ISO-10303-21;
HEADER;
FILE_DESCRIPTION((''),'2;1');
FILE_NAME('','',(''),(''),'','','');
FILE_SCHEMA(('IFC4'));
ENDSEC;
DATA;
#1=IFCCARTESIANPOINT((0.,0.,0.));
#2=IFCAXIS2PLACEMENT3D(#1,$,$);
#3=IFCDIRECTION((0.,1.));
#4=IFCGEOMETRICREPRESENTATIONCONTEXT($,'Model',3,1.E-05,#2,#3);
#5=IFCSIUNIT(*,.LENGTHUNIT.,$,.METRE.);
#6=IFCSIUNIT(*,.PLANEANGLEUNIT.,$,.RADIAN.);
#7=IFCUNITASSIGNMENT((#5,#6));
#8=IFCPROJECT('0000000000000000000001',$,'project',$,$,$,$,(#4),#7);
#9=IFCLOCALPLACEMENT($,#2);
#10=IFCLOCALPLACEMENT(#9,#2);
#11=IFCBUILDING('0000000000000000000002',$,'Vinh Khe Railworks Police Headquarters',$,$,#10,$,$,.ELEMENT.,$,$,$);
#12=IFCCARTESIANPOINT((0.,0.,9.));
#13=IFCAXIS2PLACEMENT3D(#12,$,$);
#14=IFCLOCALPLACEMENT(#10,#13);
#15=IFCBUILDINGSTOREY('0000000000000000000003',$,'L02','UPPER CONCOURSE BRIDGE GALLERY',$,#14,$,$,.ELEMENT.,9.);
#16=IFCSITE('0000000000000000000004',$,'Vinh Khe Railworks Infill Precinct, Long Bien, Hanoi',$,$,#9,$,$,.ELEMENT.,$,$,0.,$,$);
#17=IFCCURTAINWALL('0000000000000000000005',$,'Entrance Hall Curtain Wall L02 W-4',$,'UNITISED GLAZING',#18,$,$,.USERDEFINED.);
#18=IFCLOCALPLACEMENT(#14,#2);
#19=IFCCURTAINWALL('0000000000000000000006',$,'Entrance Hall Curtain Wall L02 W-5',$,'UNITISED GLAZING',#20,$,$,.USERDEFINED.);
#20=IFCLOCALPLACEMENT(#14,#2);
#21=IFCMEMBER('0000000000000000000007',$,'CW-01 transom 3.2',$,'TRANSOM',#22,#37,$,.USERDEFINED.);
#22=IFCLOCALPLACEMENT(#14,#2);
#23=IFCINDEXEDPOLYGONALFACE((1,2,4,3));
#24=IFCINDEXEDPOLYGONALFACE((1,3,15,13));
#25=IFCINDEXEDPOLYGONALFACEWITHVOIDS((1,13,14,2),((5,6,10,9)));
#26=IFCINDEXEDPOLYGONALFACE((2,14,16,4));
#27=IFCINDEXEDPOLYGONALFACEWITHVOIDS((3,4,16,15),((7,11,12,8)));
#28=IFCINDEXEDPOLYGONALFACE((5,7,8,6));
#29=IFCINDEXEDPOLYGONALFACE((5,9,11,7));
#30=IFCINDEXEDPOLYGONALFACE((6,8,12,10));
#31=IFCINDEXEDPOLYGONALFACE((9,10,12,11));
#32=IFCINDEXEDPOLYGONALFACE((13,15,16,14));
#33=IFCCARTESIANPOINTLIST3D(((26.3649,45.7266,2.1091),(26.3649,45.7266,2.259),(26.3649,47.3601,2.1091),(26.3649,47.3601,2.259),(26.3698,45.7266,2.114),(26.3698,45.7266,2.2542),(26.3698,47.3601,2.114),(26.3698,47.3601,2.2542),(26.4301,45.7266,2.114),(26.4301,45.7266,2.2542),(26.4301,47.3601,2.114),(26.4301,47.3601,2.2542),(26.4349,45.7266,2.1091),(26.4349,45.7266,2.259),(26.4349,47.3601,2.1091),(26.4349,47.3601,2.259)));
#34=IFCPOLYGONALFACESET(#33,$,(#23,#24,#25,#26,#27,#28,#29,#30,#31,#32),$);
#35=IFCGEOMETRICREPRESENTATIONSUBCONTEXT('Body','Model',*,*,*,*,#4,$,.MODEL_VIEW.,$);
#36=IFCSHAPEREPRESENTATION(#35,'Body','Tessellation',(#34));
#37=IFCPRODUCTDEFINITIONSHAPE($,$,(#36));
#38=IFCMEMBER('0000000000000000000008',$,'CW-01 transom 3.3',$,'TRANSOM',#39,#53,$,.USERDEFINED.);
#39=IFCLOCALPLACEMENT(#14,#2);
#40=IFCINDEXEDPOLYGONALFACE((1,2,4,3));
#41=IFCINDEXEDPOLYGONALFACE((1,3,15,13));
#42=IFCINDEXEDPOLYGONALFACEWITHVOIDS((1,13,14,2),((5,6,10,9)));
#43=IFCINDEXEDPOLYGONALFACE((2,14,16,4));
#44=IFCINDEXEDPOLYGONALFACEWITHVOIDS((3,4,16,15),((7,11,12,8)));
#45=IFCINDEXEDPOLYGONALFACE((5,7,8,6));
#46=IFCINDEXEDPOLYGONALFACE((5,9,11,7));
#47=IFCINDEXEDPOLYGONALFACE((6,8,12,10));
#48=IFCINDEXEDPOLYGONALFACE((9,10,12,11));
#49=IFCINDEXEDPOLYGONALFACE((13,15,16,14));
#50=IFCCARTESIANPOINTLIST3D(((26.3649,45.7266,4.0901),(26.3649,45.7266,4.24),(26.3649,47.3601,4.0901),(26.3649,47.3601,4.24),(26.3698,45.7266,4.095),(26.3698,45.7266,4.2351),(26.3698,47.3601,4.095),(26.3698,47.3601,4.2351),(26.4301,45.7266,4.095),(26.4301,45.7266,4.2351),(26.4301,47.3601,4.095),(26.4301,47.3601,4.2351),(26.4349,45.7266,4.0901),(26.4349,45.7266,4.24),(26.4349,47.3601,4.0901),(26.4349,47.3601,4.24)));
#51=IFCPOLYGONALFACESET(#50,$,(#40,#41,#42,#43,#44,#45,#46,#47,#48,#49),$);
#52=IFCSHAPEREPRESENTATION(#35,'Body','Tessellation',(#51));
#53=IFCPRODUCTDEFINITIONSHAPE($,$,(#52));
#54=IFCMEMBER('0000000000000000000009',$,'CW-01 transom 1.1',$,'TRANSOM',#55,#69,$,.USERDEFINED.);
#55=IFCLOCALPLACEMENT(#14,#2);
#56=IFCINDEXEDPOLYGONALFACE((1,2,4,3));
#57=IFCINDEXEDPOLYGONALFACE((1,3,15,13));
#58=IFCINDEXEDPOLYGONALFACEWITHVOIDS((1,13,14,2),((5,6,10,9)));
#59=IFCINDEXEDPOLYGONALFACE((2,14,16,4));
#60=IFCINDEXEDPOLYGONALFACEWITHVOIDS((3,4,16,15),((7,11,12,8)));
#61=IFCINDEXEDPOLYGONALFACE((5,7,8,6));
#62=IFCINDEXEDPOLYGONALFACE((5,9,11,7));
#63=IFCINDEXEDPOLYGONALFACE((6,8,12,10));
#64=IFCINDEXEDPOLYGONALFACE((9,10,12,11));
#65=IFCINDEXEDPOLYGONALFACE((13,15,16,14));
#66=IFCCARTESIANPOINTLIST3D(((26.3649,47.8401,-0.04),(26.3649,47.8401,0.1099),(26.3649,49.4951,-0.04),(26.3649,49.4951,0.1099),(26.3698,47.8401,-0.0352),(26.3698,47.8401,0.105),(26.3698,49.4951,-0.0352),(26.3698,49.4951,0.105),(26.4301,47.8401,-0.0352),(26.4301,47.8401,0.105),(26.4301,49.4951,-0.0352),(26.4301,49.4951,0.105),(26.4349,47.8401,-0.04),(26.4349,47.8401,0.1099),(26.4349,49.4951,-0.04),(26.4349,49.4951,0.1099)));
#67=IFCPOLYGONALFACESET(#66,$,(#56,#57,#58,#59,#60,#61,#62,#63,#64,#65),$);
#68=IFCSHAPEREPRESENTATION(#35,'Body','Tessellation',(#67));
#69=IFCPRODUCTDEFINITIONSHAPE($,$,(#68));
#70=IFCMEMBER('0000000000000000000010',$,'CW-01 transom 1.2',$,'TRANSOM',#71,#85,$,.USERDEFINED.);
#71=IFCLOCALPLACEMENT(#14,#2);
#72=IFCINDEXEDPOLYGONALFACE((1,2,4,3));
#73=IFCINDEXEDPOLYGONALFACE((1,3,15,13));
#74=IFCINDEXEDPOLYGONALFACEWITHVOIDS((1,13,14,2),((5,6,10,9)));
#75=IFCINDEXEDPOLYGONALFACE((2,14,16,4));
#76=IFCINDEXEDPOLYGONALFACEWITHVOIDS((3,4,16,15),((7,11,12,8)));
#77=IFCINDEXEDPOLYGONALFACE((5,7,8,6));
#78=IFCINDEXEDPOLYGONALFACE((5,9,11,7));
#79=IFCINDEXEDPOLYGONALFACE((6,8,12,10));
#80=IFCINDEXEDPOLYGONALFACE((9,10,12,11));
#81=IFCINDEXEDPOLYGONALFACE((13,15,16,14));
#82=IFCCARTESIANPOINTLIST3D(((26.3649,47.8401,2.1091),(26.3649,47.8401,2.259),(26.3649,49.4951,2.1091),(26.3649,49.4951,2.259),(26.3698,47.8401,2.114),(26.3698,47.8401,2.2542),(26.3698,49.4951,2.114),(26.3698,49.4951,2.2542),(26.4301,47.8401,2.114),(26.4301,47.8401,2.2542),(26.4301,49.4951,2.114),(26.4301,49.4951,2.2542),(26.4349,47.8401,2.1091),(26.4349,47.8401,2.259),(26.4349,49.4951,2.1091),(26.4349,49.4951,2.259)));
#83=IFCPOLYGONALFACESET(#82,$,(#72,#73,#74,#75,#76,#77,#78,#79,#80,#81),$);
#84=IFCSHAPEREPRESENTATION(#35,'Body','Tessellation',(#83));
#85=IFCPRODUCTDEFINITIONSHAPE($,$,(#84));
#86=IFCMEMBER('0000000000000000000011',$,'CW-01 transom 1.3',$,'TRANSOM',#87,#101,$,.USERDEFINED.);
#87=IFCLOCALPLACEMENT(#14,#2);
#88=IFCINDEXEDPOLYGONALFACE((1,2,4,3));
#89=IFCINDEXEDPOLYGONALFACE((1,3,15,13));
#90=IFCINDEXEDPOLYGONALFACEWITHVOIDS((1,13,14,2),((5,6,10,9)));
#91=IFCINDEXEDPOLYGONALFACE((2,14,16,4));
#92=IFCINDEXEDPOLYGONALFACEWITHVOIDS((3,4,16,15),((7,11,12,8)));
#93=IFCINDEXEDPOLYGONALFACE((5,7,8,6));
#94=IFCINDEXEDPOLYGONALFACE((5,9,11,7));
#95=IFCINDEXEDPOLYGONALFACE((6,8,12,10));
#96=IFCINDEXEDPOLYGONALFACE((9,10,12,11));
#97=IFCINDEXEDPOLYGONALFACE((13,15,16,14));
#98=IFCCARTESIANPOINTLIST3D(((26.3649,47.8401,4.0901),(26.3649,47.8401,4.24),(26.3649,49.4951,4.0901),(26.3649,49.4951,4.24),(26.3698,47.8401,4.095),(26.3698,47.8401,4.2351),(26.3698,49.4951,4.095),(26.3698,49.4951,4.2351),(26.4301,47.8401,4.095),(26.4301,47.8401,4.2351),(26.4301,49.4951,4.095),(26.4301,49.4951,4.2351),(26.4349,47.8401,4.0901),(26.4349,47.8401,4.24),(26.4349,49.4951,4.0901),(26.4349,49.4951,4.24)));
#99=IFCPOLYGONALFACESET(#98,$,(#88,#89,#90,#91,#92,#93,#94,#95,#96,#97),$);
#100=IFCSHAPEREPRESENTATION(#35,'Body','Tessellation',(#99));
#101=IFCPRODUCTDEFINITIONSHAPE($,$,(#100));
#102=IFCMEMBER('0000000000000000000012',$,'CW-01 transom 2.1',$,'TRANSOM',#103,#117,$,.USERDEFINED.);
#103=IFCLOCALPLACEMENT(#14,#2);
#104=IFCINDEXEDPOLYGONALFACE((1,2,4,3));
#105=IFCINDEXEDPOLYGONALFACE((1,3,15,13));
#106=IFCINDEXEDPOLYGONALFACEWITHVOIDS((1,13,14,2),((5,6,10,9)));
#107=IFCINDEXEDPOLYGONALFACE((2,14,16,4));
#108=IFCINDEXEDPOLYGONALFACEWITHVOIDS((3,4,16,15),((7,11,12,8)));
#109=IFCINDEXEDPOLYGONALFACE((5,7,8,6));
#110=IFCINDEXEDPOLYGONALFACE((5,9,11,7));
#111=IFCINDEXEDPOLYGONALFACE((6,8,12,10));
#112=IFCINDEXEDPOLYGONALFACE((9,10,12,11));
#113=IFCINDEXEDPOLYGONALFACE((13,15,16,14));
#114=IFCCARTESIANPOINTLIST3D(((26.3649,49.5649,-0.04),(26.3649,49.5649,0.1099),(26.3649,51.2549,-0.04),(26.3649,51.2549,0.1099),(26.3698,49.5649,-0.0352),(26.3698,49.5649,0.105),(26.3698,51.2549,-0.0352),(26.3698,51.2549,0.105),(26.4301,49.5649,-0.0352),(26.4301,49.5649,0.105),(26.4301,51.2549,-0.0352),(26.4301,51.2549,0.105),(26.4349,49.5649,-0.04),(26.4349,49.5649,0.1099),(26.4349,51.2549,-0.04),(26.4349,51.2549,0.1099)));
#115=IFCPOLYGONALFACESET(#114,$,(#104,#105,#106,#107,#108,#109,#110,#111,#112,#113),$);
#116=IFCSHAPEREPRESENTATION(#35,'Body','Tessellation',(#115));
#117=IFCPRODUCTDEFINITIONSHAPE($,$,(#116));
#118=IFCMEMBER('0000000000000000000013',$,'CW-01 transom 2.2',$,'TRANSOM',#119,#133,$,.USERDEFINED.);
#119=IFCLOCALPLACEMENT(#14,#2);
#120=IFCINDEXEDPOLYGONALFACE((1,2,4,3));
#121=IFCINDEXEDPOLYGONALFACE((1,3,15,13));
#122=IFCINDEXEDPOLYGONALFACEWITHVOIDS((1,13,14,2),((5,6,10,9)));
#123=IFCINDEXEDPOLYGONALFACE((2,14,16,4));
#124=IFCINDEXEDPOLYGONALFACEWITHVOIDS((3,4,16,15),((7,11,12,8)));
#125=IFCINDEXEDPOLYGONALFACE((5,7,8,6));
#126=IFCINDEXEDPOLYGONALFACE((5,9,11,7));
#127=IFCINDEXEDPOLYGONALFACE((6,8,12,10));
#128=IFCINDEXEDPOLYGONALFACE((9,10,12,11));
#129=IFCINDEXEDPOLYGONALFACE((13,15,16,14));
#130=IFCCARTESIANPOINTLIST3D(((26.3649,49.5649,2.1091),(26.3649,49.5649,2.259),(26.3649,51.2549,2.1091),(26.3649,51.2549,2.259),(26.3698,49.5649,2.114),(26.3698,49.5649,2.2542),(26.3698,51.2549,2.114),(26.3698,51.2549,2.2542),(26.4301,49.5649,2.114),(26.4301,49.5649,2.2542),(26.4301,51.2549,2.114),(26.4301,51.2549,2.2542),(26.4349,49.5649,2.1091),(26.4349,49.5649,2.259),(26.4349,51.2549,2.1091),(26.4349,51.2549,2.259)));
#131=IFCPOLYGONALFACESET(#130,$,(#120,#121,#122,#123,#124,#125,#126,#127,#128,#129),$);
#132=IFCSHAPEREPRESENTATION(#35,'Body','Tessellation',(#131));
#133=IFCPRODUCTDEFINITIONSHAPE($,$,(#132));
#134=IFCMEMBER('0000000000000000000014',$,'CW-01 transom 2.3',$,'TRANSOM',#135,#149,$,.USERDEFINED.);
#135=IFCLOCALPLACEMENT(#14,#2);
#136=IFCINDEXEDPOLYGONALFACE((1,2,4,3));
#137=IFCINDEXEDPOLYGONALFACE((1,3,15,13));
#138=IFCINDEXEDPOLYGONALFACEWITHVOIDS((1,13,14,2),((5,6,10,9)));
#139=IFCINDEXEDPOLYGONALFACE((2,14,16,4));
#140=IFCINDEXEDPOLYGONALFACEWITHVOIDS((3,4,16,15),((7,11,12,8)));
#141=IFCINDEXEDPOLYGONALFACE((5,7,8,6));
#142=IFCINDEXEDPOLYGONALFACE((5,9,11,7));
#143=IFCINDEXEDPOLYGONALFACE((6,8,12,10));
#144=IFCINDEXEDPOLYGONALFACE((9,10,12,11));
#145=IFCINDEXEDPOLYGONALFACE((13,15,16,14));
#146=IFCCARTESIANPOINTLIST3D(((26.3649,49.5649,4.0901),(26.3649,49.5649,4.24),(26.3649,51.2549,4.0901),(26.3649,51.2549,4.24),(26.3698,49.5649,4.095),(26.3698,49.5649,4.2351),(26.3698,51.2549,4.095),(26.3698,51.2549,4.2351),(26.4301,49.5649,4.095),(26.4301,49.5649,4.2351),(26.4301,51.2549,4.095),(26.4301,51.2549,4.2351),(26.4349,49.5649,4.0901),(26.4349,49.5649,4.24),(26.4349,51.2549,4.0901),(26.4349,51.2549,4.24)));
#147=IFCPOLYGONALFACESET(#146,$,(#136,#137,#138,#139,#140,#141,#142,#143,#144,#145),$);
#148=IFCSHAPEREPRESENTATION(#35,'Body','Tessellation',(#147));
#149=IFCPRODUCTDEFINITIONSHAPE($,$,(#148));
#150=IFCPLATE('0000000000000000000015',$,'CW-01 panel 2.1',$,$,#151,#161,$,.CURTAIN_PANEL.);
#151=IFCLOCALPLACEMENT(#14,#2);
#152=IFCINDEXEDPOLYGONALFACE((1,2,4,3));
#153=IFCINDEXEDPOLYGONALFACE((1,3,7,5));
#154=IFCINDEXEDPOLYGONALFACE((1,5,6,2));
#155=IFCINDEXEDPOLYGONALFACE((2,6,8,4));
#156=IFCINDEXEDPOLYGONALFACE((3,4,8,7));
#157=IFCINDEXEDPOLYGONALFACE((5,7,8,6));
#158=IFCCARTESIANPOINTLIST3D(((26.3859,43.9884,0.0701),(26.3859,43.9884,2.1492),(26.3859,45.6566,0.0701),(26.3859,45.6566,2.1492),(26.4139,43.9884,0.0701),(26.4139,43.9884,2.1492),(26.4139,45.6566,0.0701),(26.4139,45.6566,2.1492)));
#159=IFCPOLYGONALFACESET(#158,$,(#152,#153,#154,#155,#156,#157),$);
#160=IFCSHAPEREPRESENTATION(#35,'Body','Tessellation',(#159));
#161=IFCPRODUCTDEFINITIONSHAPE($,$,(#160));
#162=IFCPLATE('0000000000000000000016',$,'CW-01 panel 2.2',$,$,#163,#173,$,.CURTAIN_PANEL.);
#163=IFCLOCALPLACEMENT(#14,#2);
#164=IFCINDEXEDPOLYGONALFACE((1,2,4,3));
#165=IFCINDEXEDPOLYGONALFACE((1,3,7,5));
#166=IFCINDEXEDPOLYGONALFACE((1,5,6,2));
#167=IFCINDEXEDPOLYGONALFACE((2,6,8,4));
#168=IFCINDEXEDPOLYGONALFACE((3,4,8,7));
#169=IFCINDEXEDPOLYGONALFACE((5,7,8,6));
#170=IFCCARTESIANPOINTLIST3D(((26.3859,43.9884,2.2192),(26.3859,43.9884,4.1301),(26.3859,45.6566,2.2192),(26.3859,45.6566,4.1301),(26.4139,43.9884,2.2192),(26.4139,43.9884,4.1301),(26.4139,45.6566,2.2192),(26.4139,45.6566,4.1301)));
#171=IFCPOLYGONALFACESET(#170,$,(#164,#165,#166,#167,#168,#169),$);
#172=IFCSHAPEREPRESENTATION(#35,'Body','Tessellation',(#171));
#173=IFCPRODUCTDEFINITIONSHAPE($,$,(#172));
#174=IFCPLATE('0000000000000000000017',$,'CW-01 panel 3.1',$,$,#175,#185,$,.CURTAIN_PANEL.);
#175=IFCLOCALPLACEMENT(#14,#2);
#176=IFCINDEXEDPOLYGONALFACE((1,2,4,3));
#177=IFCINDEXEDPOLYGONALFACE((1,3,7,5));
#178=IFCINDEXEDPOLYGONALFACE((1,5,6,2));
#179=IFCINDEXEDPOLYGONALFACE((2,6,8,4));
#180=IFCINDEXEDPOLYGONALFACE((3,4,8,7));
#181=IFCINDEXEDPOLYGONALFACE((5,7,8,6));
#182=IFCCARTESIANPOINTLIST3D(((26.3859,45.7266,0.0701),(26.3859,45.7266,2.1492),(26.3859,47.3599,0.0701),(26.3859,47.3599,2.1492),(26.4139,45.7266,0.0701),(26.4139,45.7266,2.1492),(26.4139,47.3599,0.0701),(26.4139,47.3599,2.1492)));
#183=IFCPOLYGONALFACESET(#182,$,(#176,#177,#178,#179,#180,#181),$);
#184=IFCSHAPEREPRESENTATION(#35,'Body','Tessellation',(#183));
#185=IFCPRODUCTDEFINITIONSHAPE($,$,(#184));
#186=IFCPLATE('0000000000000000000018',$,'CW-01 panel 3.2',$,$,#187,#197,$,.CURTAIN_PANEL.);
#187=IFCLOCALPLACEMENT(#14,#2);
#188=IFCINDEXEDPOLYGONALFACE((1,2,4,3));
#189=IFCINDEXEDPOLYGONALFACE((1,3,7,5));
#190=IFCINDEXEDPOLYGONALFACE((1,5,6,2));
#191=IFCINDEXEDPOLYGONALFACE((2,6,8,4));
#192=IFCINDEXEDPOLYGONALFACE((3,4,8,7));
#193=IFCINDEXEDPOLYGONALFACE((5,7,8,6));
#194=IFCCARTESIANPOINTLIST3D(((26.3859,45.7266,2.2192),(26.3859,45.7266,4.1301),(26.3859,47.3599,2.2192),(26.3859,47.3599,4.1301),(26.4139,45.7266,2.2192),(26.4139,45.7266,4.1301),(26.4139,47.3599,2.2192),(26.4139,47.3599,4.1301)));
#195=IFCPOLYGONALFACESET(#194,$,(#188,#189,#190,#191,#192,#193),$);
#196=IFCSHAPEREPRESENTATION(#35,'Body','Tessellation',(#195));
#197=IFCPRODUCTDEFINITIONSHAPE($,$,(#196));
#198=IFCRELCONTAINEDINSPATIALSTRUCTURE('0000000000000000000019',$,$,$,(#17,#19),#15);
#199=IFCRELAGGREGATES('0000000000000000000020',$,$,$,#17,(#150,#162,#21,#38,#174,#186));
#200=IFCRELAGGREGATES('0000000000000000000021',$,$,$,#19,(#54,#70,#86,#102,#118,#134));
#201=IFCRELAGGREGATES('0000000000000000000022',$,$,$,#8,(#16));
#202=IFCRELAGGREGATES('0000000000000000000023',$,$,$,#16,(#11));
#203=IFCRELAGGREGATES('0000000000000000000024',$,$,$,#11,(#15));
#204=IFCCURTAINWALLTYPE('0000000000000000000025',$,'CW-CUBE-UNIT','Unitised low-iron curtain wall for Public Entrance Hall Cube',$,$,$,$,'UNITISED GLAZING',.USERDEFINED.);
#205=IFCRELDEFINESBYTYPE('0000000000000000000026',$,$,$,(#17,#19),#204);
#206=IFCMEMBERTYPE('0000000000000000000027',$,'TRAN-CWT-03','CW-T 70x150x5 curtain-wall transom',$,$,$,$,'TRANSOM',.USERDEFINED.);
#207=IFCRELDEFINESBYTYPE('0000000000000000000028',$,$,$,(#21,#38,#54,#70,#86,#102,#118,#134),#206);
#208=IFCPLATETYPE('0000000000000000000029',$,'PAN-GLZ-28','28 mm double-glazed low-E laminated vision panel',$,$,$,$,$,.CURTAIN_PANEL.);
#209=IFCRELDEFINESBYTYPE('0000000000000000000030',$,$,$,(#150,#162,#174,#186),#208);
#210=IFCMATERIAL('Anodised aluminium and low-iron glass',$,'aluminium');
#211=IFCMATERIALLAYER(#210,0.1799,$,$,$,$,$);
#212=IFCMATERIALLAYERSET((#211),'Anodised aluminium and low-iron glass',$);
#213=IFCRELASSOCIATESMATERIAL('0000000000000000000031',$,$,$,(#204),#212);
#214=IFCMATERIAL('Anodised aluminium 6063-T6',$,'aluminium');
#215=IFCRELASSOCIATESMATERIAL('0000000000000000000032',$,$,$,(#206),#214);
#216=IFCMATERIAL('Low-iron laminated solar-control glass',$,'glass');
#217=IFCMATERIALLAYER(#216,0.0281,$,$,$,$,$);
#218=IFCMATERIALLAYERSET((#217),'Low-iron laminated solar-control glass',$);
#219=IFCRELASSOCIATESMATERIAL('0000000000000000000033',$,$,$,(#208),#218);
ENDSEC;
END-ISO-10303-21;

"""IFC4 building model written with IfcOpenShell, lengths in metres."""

from ifc_helpers import new_model, si_unit, direction, frame, origin, origin_2d, place, context, subcontext, project, spatial, rectangle, hollow_rectangle, extrude, material, layer, layer_set, material_profile, profile_set, type_object, element, aggregate, save


model = new_model("IFC4")

# Units and contexts
model_context = context("Model", 3, precision=1e-05, world=origin(), true_north=direction((0.0, 1.0)))
body_context = subcontext(model_context, "Body", "Model", "MODEL_VIEW")
ifc_project = project(units=[si_unit("LENGTHUNIT", "METRE"), si_unit("PLANEANGLEUNIT", "RADIAN")], contexts=[model_context])

# Site, building, storey
site_placement = place(None, origin())
site = spatial("IfcSite", under=ifc_project, at=site_placement, Name="Vinh Khe Railworks Infill Precinct, Long Bien, Hanoi", CompositionType="ELEMENT", RefElevation=0.0)
building_placement = place(site_placement, origin())
building = spatial("IfcBuilding", under=site, at=building_placement, Name="Vinh Khe Railworks Police Headquarters", CompositionType="ELEMENT")
storey_placement = place(building_placement, frame((0.0, 0.0, 9.0)))
storey = spatial("IfcBuildingStorey", under=building, at=storey_placement, Name="L02", Description="UPPER CONCOURSE BRIDGE GALLERY", CompositionType="ELEMENT", Elevation=9.0)

# Curtain walls
ifc_material_1 = material(Name="Anodised aluminium and low-iron glass", Category="aluminium")
ifc_layer_1 = layer(ifc_material_1, 0.1799)
ifc_layer_set_1 = layer_set([ifc_layer_1], Name="Anodised aluminium and low-iron glass")
curtain_wall_type = type_object("IfcCurtainWallType", Name="CW-CUBE-UNIT", Description="Unitised low-iron curtain wall for Public Entrance Hall Cube", ElementType="UNITISED GLAZING", PredefinedType="USERDEFINED", material=ifc_layer_set_1)
curtain_wall_1_placement = place(storey_placement, origin())
curtain_wall_1 = element("IfcCurtainWall", 1, at=curtain_wall_1_placement, inside=storey, type_object=curtain_wall_type, Name="Entrance Hall Curtain Wall L02 W-4", ObjectType="UNITISED GLAZING", PredefinedType="USERDEFINED")
ifc_material_2 = material(Name="Anodised aluminium 6063-T6", Category="aluminium")
curtain_wall_2_placement = place(storey_placement, origin())
curtain_wall_2 = element("IfcCurtainWall", 2, at=curtain_wall_2_placement, inside=storey, type_object=curtain_wall_type, Name="Entrance Hall Curtain Wall L02 W-5", ObjectType="UNITISED GLAZING", PredefinedType="USERDEFINED")

# Members
ifc_material_profile_1 = material_profile(ifc_material_2, hollow_rectangle(XDim=0.0701, YDim=0.1499, WallThickness=0.0049, at=origin_2d()), Name="CW-T 70x150x5")
ifc_profile_set_1 = profile_set([ifc_material_profile_1], Name="Anodised aluminium 6063-T6")
member_type_1 = type_object("IfcMemberType", Name="TRAN-CWT-03", Description="CW-T 70x150x5 curtain-wall transom", ElementType="TRANSOM", PredefinedType="USERDEFINED", material=ifc_profile_set_1)
member_1_placement = place(storey_placement, frame((26.3999, 45.7266, 2.1841), z_axis=(0.0, 1.0, 0.0), x_axis=(-1.0, 0.0, 0.0)))
member_1 = element("IfcMember", 3, at=member_1_placement, type_object=member_type_1, Name="CW-01 transom 3.2", ObjectType="TRANSOM", PredefinedType="USERDEFINED", context=body_context, shape_type="SweptSolid", body=[
    extrude(hollow_rectangle(XDim=0.0701, YDim=0.1499, WallThickness=0.0049, at=origin_2d()), origin(), (0.0, 0.0, 1.0), 1.6335),
])
member_2_placement = place(storey_placement, frame((26.3999, 45.7266, 4.165), z_axis=(0.0, 1.0, 0.0), x_axis=(-1.0, 0.0, 0.0)))
member_2 = element("IfcMember", 4, at=member_2_placement, type_object=member_type_1, Name="CW-01 transom 3.3", ObjectType="TRANSOM", PredefinedType="USERDEFINED", context=body_context, shape_type="SweptSolid", body=[
    extrude(hollow_rectangle(XDim=0.0701, YDim=0.1499, WallThickness=0.0049, at=origin_2d()), origin(), (0.0, 0.0, 1.0), 1.6335),
])
member_3_placement = place(storey_placement, frame((26.3999, 47.8401, 0.0349), z_axis=(0.0, 1.0, 0.0), x_axis=(-1.0, 0.0, 0.0)))
member_3 = element("IfcMember", 5, at=member_3_placement, type_object=member_type_1, Name="CW-01 transom 1.1", ObjectType="TRANSOM", PredefinedType="USERDEFINED", context=body_context, shape_type="SweptSolid", body=[
    extrude(hollow_rectangle(XDim=0.0701, YDim=0.1499, WallThickness=0.0049, at=origin_2d()), origin(), (0.0, 0.0, 1.0), 1.655),
])
member_4_placement = place(storey_placement, frame((26.3999, 47.8401, 2.1841), z_axis=(0.0, 1.0, 0.0), x_axis=(-1.0, 0.0, 0.0)))
member_4 = element("IfcMember", 6, at=member_4_placement, type_object=member_type_1, Name="CW-01 transom 1.2", ObjectType="TRANSOM", PredefinedType="USERDEFINED", context=body_context, shape_type="SweptSolid", body=[
    extrude(hollow_rectangle(XDim=0.0701, YDim=0.1499, WallThickness=0.0049, at=origin_2d()), origin(), (0.0, 0.0, 1.0), 1.655),
])
member_5_placement = place(storey_placement, frame((26.3999, 47.8401, 4.165), z_axis=(0.0, 1.0, 0.0), x_axis=(-1.0, 0.0, 0.0)))
member_5 = element("IfcMember", 7, at=member_5_placement, type_object=member_type_1, Name="CW-01 transom 1.3", ObjectType="TRANSOM", PredefinedType="USERDEFINED", context=body_context, shape_type="SweptSolid", body=[
    extrude(hollow_rectangle(XDim=0.0701, YDim=0.1499, WallThickness=0.0049, at=origin_2d()), origin(), (0.0, 0.0, 1.0), 1.655),
])
member_6_placement = place(storey_placement, frame((26.3999, 49.5649, 0.0349), z_axis=(0.0, 1.0, 0.0), x_axis=(-1.0, 0.0, 0.0)))
member_6 = element("IfcMember", 8, at=member_6_placement, type_object=member_type_1, Name="CW-01 transom 2.1", ObjectType="TRANSOM", PredefinedType="USERDEFINED", context=body_context, shape_type="SweptSolid", body=[
    extrude(hollow_rectangle(XDim=0.0701, YDim=0.1499, WallThickness=0.0049, at=origin_2d()), origin(), (0.0, 0.0, 1.0), 1.6899),
])
member_7_placement = place(storey_placement, frame((26.3999, 49.5649, 2.1841), z_axis=(0.0, 1.0, 0.0), x_axis=(-1.0, 0.0, 0.0)))
member_7 = element("IfcMember", 9, at=member_7_placement, type_object=member_type_1, Name="CW-01 transom 2.2", ObjectType="TRANSOM", PredefinedType="USERDEFINED", context=body_context, shape_type="SweptSolid", body=[
    extrude(hollow_rectangle(XDim=0.0701, YDim=0.1499, WallThickness=0.0049, at=origin_2d()), origin(), (0.0, 0.0, 1.0), 1.6899),
])
member_8_placement = place(storey_placement, frame((26.3999, 49.5649, 4.165), z_axis=(0.0, 1.0, 0.0), x_axis=(-1.0, 0.0, 0.0)))
member_8 = element("IfcMember", 10, at=member_8_placement, type_object=member_type_1, Name="CW-01 transom 2.3", ObjectType="TRANSOM", PredefinedType="USERDEFINED", context=body_context, shape_type="SweptSolid", body=[
    extrude(hollow_rectangle(XDim=0.0701, YDim=0.1499, WallThickness=0.0049, at=origin_2d()), origin(), (0.0, 0.0, 1.0), 1.6899),
])

# Plates
ifc_material_3 = material(Name="Low-iron laminated solar-control glass", Category="glass")
ifc_layer_2 = layer(ifc_material_3, 0.0281)
ifc_layer_set_2 = layer_set([ifc_layer_2], Name="Low-iron laminated solar-control glass")
plate_type = type_object("IfcPlateType", Name="PAN-GLZ-28", Description="28 mm double-glazed low-E laminated vision panel", PredefinedType="CURTAIN_PANEL", material=ifc_layer_set_2)
plate_1_placement = place(storey_placement, frame((26.3999, 44.8225, 0.0701), z_axis=(0.0, 0.0, 1.0), x_axis=(0.0, 1.0, 0.0)))
plate_1 = element("IfcPlate", 11, at=plate_1_placement, type_object=plate_type, Name="CW-01 panel 2.1", PredefinedType="CURTAIN_PANEL", context=body_context, shape_type="SweptSolid", body=[
    extrude(rectangle(XDim=1.6682, YDim=0.0281, at=origin_2d()), origin(), (0.0, 0.0, 1.0), 2.0791),
])
plate_2_placement = place(storey_placement, frame((26.3999, 44.8225, 2.2192), z_axis=(0.0, 0.0, 1.0), x_axis=(0.0, 1.0, 0.0)))
plate_2 = element("IfcPlate", 12, at=plate_2_placement, type_object=plate_type, Name="CW-01 panel 2.2", PredefinedType="CURTAIN_PANEL", context=body_context, shape_type="SweptSolid", body=[
    extrude(rectangle(XDim=1.6682, YDim=0.0281, at=origin_2d()), origin(), (0.0, 0.0, 1.0), 1.9109),
])
plate_3_placement = place(storey_placement, frame((26.3999, 46.5432, 0.0701), z_axis=(0.0, 0.0, 1.0), x_axis=(0.0, 1.0, 0.0)))
plate_3 = element("IfcPlate", 13, at=plate_3_placement, type_object=plate_type, Name="CW-01 panel 3.1", PredefinedType="CURTAIN_PANEL", context=body_context, shape_type="SweptSolid", body=[
    extrude(rectangle(XDim=1.6333, YDim=0.0281, at=origin_2d()), origin(), (0.0, 0.0, 1.0), 2.0791),
])
plate_4_placement = place(storey_placement, frame((26.3999, 46.5432, 2.2192), z_axis=(0.0, 0.0, 1.0), x_axis=(0.0, 1.0, 0.0)))
plate_4 = element("IfcPlate", 14, at=plate_4_placement, type_object=plate_type, Name="CW-01 panel 3.2", PredefinedType="CURTAIN_PANEL", context=body_context, shape_type="SweptSolid", body=[
    extrude(rectangle(XDim=1.6333, YDim=0.0281, at=origin_2d()), origin(), (0.0, 0.0, 1.0), 1.9109),
])
aggregate(curtain_wall_1, [plate_1, plate_2, member_1, member_2, plate_3, plate_4])
aggregate(curtain_wall_2, [member_3, member_4, member_5, member_6, member_7, member_8])

save(model, "model.ifc")
